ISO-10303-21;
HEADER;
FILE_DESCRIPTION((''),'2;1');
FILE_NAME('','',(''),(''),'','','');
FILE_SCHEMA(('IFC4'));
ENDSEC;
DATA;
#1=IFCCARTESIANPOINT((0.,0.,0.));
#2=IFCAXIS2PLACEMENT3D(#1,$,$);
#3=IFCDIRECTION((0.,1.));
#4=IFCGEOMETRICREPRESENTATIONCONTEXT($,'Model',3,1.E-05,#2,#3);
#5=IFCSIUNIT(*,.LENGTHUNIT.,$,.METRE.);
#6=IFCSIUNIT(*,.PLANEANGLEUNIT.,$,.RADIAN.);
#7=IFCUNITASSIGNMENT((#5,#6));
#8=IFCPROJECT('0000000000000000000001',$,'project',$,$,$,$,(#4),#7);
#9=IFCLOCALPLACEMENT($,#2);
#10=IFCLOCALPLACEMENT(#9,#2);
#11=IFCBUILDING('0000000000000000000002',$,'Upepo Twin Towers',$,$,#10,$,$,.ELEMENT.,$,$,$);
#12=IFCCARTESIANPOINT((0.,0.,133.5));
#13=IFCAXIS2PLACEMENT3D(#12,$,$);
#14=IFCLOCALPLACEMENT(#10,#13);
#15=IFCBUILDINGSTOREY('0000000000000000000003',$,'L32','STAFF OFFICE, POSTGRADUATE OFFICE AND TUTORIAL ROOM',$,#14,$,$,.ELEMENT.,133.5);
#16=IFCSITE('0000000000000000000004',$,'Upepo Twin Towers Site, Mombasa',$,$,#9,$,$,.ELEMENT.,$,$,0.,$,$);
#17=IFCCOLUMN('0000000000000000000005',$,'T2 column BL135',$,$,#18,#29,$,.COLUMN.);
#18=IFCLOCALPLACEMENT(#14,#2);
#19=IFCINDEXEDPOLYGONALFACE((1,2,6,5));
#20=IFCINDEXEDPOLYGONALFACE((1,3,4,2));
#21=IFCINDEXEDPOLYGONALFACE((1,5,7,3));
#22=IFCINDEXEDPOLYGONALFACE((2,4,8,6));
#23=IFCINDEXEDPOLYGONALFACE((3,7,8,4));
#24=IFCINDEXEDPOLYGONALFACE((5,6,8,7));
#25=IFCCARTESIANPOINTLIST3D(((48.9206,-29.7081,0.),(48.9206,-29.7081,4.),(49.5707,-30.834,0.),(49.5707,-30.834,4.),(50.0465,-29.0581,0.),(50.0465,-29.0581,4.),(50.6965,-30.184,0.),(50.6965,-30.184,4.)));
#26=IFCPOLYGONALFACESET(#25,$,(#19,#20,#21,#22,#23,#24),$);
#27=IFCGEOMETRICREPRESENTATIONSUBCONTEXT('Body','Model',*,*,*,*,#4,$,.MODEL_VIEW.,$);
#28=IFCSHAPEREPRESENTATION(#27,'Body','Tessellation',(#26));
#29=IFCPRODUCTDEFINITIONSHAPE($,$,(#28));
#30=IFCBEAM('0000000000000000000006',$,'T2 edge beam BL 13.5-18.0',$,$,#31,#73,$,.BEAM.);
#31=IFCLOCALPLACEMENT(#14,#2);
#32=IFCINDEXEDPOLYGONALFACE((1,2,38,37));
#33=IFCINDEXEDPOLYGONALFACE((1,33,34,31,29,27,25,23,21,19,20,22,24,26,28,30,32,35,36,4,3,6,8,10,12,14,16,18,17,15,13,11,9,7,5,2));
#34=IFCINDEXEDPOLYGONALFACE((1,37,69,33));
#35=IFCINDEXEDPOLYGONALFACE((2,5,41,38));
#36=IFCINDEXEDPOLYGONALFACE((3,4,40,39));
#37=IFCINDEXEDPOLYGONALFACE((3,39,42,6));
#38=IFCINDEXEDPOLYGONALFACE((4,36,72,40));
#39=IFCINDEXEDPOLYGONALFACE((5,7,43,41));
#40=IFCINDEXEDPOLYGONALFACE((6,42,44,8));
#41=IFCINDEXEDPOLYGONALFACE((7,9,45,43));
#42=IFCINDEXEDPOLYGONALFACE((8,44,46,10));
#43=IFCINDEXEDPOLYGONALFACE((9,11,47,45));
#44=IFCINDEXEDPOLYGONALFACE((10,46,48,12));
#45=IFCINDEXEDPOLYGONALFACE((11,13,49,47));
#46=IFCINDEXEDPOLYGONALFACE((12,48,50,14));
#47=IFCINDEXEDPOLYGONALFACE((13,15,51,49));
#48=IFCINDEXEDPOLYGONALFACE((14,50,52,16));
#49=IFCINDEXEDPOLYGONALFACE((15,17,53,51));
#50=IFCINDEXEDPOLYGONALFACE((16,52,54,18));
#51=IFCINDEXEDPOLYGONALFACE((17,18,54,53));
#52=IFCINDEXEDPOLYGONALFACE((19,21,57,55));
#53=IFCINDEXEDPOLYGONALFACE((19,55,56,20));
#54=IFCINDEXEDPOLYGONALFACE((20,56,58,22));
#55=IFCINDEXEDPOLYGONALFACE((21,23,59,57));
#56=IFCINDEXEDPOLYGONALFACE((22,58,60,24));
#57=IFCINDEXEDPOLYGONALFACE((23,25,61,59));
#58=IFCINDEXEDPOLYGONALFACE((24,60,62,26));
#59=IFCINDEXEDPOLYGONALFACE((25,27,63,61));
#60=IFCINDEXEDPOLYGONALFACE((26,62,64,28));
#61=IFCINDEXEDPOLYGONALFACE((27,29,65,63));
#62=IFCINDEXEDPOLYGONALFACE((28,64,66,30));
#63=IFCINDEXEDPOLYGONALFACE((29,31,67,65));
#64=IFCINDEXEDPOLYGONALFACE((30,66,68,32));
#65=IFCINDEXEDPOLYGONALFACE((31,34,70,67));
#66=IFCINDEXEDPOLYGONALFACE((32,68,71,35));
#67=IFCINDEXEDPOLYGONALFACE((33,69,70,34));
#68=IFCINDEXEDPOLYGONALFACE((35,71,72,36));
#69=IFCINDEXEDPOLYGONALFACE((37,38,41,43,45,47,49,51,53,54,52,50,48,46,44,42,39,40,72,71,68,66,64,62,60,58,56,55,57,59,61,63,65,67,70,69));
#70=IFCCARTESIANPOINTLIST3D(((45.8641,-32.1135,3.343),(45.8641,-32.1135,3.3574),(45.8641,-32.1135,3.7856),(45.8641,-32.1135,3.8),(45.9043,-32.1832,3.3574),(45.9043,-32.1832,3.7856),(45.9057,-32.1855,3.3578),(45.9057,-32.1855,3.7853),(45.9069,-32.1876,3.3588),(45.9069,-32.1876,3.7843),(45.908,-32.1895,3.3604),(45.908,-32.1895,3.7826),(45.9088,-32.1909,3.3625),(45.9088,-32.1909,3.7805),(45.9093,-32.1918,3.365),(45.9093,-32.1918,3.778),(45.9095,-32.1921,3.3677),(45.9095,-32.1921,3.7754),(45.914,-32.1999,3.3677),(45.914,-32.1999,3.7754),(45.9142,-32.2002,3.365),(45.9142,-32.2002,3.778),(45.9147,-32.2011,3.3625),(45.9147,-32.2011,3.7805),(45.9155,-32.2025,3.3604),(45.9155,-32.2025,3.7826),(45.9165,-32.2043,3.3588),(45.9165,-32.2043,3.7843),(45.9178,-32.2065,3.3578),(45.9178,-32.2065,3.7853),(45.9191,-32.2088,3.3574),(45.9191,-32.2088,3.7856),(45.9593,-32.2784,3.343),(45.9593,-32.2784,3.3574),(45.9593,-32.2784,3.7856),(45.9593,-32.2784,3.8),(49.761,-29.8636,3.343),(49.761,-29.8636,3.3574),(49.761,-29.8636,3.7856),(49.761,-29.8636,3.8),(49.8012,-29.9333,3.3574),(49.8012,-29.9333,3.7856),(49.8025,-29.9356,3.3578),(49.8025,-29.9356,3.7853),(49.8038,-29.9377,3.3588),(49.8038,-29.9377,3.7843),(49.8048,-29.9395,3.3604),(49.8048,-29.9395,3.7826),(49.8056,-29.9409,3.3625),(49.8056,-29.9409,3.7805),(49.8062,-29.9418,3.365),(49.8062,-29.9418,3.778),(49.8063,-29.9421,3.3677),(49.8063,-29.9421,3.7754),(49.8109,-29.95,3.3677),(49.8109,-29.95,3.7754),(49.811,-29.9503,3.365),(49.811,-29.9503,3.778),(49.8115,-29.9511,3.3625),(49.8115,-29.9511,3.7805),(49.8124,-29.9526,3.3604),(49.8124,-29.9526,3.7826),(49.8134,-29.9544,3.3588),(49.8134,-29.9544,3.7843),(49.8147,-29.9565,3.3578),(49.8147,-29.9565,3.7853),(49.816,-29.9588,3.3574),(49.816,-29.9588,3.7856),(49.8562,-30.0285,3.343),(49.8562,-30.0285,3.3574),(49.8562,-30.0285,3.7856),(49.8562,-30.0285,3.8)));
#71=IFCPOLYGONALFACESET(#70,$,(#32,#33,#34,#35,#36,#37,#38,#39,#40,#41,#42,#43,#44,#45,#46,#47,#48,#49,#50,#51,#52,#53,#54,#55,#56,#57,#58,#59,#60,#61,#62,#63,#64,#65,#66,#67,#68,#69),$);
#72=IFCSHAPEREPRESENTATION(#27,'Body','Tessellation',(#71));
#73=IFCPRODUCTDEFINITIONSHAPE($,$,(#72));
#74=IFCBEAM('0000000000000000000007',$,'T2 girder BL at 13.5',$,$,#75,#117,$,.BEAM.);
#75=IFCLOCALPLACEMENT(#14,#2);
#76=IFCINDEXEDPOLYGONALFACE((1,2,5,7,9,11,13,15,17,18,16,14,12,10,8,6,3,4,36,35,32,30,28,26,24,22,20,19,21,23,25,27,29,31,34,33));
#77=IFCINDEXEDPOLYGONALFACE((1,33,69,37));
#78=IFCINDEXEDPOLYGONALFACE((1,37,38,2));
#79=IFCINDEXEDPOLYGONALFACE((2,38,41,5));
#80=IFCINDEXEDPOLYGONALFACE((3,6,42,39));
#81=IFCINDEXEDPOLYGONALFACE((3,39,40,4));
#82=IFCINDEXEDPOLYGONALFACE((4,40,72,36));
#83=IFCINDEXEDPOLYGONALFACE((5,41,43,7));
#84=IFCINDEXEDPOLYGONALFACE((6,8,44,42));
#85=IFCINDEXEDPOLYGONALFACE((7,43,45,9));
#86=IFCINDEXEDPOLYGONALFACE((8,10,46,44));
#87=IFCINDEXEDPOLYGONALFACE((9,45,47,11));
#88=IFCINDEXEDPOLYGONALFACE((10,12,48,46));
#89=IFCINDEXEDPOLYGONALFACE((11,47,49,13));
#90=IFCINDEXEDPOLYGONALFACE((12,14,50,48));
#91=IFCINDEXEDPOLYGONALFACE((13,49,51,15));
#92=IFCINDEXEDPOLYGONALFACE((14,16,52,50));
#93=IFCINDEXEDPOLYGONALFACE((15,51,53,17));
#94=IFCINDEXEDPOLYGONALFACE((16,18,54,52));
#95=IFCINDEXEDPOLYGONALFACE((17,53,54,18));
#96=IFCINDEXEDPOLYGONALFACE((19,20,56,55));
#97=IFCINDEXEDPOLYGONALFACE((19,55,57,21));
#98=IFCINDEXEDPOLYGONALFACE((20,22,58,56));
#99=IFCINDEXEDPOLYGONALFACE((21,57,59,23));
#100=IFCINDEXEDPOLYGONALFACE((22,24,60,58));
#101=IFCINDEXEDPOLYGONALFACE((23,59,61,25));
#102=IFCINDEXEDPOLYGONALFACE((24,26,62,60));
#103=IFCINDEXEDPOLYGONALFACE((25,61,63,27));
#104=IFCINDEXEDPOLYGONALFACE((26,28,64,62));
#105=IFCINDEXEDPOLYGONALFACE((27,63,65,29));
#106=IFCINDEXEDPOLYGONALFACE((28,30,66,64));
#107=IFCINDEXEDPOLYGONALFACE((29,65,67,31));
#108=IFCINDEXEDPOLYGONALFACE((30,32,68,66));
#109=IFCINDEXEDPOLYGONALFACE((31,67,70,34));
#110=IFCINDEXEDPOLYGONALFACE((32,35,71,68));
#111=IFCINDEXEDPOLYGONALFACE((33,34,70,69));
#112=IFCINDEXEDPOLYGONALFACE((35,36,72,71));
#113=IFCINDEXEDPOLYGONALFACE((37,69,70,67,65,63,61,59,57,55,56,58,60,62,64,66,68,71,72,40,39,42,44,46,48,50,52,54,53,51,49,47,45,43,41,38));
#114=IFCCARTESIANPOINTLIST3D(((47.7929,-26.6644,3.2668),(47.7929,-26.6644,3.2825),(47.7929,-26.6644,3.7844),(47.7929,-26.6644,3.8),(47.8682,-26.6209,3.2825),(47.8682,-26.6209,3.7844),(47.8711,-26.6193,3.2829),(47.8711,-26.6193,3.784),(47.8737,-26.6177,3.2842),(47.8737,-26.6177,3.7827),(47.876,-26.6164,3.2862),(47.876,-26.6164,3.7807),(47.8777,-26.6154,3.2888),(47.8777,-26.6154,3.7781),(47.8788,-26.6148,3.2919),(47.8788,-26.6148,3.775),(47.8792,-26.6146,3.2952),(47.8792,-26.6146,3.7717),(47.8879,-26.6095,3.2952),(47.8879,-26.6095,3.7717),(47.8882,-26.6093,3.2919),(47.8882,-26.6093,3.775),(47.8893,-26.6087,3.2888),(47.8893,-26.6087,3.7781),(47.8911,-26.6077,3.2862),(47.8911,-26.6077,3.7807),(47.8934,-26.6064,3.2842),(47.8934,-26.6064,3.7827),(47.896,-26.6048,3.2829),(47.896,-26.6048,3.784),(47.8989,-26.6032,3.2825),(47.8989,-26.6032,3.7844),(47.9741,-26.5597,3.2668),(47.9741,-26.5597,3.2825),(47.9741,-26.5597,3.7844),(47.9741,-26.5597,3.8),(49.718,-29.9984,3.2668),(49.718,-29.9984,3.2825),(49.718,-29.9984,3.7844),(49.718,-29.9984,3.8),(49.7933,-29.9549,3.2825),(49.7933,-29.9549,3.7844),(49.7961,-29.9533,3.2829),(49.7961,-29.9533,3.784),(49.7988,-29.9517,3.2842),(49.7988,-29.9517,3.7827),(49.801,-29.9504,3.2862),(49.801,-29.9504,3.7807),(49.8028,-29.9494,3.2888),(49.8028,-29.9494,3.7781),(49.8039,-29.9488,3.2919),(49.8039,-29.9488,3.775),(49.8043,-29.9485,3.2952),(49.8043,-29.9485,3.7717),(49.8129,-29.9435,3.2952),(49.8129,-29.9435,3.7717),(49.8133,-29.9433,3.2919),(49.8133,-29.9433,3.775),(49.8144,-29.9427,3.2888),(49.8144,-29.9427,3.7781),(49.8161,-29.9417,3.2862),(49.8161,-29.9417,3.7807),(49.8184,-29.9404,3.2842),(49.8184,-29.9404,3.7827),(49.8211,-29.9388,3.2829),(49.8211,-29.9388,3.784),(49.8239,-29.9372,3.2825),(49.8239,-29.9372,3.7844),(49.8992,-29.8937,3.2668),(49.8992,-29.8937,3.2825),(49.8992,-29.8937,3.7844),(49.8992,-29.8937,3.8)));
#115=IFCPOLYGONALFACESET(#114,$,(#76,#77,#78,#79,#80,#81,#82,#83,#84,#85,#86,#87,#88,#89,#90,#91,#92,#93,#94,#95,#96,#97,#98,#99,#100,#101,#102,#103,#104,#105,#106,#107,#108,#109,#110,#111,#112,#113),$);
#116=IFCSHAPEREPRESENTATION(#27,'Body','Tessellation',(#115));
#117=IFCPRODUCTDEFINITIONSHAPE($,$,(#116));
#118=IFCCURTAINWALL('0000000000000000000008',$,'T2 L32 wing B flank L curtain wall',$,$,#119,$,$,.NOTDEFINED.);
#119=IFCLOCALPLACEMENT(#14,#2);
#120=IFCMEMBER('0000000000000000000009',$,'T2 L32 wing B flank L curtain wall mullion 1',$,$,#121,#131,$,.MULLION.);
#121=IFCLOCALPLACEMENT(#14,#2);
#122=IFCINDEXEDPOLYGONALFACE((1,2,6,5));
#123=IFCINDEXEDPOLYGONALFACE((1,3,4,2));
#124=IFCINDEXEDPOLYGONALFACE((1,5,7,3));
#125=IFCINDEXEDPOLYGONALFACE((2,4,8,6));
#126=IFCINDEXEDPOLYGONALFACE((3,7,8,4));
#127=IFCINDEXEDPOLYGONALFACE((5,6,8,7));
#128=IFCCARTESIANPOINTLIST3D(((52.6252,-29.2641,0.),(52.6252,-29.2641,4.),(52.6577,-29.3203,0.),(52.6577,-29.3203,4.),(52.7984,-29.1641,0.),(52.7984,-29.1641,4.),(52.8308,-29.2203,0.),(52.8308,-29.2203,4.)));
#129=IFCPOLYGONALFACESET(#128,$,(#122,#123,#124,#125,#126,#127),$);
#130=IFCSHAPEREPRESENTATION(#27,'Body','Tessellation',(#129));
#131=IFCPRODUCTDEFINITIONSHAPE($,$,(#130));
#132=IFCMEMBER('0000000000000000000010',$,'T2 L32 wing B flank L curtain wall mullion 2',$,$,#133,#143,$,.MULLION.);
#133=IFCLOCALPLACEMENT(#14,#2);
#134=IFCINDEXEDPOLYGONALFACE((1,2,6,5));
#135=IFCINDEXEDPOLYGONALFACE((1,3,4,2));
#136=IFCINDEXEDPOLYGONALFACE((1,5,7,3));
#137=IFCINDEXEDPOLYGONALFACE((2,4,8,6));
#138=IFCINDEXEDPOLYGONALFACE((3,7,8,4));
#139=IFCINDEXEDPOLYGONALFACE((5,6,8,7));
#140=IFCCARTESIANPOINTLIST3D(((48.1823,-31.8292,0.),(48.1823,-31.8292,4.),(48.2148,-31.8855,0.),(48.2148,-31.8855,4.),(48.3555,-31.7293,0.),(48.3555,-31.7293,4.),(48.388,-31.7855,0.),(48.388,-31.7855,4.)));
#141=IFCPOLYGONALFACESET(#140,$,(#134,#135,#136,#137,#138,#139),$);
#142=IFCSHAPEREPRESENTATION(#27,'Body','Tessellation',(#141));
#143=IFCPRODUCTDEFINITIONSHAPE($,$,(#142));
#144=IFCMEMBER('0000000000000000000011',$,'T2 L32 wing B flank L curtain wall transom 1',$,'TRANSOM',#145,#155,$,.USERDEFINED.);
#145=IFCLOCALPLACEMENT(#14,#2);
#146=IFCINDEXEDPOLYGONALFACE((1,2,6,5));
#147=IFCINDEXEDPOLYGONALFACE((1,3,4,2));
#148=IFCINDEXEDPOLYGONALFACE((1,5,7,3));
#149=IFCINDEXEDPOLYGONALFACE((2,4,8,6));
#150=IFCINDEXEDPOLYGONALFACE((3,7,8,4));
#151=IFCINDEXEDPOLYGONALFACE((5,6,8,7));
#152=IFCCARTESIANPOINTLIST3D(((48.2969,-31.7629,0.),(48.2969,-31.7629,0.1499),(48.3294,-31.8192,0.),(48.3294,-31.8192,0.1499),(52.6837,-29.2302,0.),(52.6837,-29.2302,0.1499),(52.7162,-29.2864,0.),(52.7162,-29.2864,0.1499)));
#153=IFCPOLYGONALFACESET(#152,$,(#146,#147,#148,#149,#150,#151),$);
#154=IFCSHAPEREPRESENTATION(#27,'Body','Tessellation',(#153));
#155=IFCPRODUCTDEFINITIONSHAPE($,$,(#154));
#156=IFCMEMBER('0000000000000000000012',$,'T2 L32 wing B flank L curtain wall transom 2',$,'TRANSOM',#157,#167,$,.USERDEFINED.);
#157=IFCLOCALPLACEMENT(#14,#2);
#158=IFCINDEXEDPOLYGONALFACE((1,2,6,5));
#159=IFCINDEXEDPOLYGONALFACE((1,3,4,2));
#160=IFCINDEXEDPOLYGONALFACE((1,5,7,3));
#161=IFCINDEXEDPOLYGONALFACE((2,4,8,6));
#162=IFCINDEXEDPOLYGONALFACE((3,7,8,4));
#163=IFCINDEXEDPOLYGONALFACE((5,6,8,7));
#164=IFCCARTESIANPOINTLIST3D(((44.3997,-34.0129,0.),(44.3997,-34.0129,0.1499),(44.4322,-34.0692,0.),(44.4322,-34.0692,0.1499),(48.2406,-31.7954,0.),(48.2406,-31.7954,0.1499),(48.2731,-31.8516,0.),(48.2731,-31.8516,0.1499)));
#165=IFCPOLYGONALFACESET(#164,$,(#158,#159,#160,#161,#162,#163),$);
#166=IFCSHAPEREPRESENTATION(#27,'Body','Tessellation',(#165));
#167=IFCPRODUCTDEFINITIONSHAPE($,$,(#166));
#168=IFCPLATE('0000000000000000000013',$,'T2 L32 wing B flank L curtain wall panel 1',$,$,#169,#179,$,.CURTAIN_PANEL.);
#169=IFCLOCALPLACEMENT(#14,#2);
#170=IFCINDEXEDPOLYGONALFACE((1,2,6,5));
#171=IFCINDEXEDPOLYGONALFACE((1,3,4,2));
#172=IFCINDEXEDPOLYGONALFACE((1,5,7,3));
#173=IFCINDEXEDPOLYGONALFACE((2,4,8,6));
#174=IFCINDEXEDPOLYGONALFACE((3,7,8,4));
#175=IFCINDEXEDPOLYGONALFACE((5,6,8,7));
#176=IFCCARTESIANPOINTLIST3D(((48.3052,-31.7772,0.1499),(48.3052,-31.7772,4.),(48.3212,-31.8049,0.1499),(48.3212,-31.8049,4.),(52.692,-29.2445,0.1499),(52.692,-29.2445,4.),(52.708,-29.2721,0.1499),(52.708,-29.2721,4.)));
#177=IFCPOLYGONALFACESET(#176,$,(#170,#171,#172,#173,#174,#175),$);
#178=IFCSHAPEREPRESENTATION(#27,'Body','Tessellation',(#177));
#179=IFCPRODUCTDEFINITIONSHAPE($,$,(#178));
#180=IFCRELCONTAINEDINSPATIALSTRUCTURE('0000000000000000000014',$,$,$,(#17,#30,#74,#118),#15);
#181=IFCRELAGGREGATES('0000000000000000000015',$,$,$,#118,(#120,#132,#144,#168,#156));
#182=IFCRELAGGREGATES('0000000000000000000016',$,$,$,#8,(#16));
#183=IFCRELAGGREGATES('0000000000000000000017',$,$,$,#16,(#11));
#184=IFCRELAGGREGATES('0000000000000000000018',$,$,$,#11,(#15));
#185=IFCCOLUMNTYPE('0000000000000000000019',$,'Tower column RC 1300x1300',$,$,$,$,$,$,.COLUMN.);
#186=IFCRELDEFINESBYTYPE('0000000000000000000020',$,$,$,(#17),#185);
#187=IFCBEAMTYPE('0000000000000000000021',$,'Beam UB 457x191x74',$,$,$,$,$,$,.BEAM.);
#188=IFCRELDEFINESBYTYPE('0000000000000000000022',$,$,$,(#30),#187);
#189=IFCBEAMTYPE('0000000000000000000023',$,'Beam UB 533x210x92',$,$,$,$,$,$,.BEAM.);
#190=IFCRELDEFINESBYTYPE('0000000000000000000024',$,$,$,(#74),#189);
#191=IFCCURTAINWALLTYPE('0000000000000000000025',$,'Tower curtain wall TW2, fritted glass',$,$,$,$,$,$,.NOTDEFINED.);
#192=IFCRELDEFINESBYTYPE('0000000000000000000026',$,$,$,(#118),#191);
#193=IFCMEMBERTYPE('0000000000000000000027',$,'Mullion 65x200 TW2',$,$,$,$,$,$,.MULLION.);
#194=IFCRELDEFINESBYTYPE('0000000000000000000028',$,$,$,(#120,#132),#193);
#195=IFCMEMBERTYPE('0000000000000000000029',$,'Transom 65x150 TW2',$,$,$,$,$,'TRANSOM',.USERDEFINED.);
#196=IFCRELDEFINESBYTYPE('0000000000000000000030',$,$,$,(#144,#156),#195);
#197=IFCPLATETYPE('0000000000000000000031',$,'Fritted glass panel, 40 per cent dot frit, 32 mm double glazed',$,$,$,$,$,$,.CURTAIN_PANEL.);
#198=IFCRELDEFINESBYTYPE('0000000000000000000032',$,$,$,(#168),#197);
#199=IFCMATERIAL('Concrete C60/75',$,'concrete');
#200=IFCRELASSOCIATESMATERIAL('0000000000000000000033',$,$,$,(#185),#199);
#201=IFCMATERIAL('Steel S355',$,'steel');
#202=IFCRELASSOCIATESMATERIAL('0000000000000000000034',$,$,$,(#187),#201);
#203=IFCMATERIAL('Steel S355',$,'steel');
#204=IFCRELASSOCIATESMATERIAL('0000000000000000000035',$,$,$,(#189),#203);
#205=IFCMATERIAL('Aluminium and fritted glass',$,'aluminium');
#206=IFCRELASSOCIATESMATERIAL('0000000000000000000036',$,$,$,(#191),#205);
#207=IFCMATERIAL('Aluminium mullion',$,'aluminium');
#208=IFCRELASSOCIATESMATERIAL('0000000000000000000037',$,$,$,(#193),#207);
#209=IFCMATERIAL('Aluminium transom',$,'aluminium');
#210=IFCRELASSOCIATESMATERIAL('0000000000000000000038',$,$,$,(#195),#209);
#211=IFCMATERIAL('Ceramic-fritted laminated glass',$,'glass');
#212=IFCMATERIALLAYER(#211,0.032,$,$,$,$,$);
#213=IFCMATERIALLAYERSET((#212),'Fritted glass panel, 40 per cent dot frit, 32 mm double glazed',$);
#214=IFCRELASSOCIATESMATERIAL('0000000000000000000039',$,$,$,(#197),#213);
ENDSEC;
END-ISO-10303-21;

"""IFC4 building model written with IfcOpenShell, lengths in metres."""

from ifc_helpers import new_model, si_unit, direction, frame, origin, origin_2d, place, context, subcontext, project, spatial, rectangle, i_section, extrude, material, layer, layer_set, material_profile, profile_set, type_object, element, aggregate, save


model = new_model("IFC4")

# Units and contexts
model_context = context("Model", 3, precision=1e-05, world=origin(), true_north=direction((0.0, 1.0)))
body_context = subcontext(model_context, "Body", "Model", "MODEL_VIEW")
ifc_project = project(units=[si_unit("LENGTHUNIT", "METRE"), si_unit("PLANEANGLEUNIT", "RADIAN")], contexts=[model_context])

# Site, building, storey
site_placement = place(None, origin())
site = spatial("IfcSite", under=ifc_project, at=site_placement, Name="Upepo Twin Towers Site, Mombasa", CompositionType="ELEMENT", RefElevation=0.0)
building_placement = place(site_placement, origin())
building = spatial("IfcBuilding", under=site, at=building_placement, Name="Upepo Twin Towers", CompositionType="ELEMENT")
storey_placement = place(building_placement, frame((0.0, 0.0, 133.5)))
storey = spatial("IfcBuildingStorey", under=building, at=storey_placement, Name="L32", Description="STAFF OFFICE, POSTGRADUATE OFFICE AND TUTORIAL ROOM", CompositionType="ELEMENT", Elevation=133.5)

# Column
ifc_material_1 = material(Name="Concrete C60/75", Category="concrete")
ifc_material_profile_1 = material_profile(ifc_material_1, rectangle(XDim=1.3, YDim=1.3, at=origin_2d()), Name="RC 1300x1300")
ifc_profile_set_1 = profile_set([ifc_material_profile_1], Name="Concrete C60/75")
column_type = type_object("IfcColumnType", Name="Tower column RC 1300x1300", PredefinedType="COLUMN", material=ifc_profile_set_1)
column_placement = place(storey_placement, frame((49.8086, -29.946, 0.0), z_axis=(0.0, 0.0, 1.0), x_axis=(0.866025, 0.5, 0.0)))
element("IfcColumn", 1, at=column_placement, inside=storey, type_object=column_type, Name="T2 column BL135", PredefinedType="COLUMN", context=body_context, shape_type="SweptSolid", body=[
    extrude(rectangle(XDim=1.3, YDim=1.3, at=origin_2d()), origin(), (0.0, 0.0, 1.0), 4.0),
])

# Beams
ifc_material_2 = material(Name="Steel S355", Category="steel")
ifc_material_profile_2 = material_profile(ifc_material_2, i_section(OverallWidth=0.1904, OverallDepth=0.457, WebThickness=0.009, FlangeThickness=0.0144, FilletRadius=0.0103, at=origin_2d()), Name="UB 457x191x74")
ifc_profile_set_2 = profile_set([ifc_material_profile_2], Name="Steel S355")
beam_type_1 = type_object("IfcBeamType", Name="Beam UB 457x191x74", PredefinedType="BEAM", material=ifc_profile_set_2)
beam_1_placement = place(storey_placement, frame((49.8086, -29.946, 3.5715), z_axis=(-0.866018, -0.500014, 0.0), x_axis=(0.500014, -0.866018, 0.0)))
element("IfcBeam", 2, at=beam_1_placement, inside=storey, type_object=beam_type_1, Name="T2 edge beam BL 13.5-18.0", PredefinedType="BEAM", context=body_context, shape_type="SweptSolid", body=[
    extrude(i_section(OverallWidth=0.1904, OverallDepth=0.457, WebThickness=0.009, FlangeThickness=0.0144, FilletRadius=0.0103, at=origin_2d()), origin(), (0.0, 0.0, 1.0), 4.4998),
])
ifc_material_3 = material(Name="Steel S355", Category="steel")
ifc_material_profile_3 = material_profile(ifc_material_3, i_section(OverallWidth=0.2092, OverallDepth=0.5332, WebThickness=0.01, FlangeThickness=0.0156, FilletRadius=0.0127, at=origin_2d()), Name="UB 533x210x92")
ifc_profile_set_3 = profile_set([ifc_material_profile_3], Name="Steel S355")
beam_type_2 = type_object("IfcBeamType", Name="Beam UB 533x210x92", PredefinedType="BEAM", material=ifc_profile_set_3)
beam_2_placement = place(storey_placement, frame((49.8086, -29.946, 3.5334), z_axis=(-0.500034, 0.866006, 0.0), x_axis=(-0.866006, -0.500034, 0.0)))
element("IfcBeam", 3, at=beam_2_placement, inside=storey, type_object=beam_type_2, Name="T2 girder BL at 13.5", PredefinedType="BEAM", context=body_context, shape_type="SweptSolid", body=[
    extrude(i_section(OverallWidth=0.2092, OverallDepth=0.5332, WebThickness=0.01, FlangeThickness=0.0156, FilletRadius=0.0127, at=origin_2d()), origin(), (0.0, 0.0, 1.0), 3.8499),
])

# Curtain wall, members, plate
ifc_material_4 = material(Name="Aluminium and fritted glass", Category="aluminium")
curtain_wall_type = type_object("IfcCurtainWallType", Name="Tower curtain wall TW2, fritted glass", PredefinedType="NOTDEFINED", material=ifc_material_4)
curtain_wall_placement = place(storey_placement, origin())
curtain_wall = element("IfcCurtainWall", 4, at=curtain_wall_placement, inside=storey, type_object=curtain_wall_type, Name="T2 L32 wing B flank L curtain wall", PredefinedType="NOTDEFINED")
ifc_material_5 = material(Name="Aluminium mullion", Category="aluminium")
ifc_material_profile_4 = material_profile(ifc_material_5, rectangle(XDim=0.0649, YDim=0.2, at=origin_2d()), Name="MULLION 65x200")
ifc_profile_set_4 = profile_set([ifc_material_profile_4], Name="Aluminium mullion")
member_type_1 = type_object("IfcMemberType", Name="Mullion 65x200 TW2", PredefinedType="MULLION", material=ifc_profile_set_4)
member_1_placement = place(storey_placement, frame((52.728, -29.2422, 0.0), z_axis=(0.0, 0.0, 1.0), x_axis=(0.5, -0.866025, 0.0)))
member_1 = element("IfcMember", 5, at=member_1_placement, type_object=member_type_1, Name="T2 L32 wing B flank L curtain wall mullion 1", PredefinedType="MULLION", context=body_context, shape_type="SweptSolid", body=[
    extrude(rectangle(XDim=0.0649, YDim=0.2, at=origin_2d()), origin(), (0.0, 0.0, 1.0), 4.0),
])
member_2_placement = place(storey_placement, frame((48.2852, -31.8074, 0.0), z_axis=(0.0, 0.0, 1.0), x_axis=(0.5, -0.866025, 0.0)))
member_2 = element("IfcMember", 6, at=member_2_placement, type_object=member_type_1, Name="T2 L32 wing B flank L curtain wall mullion 2", PredefinedType="MULLION", context=body_context, shape_type="SweptSolid", body=[
    extrude(rectangle(XDim=0.0649, YDim=0.2, at=origin_2d()), origin(), (0.0, 0.0, 1.0), 4.0),
])
ifc_material_6 = material(Name="Aluminium transom", Category="aluminium")
ifc_material_profile_5 = material_profile(ifc_material_6, rectangle(XDim=0.0649, YDim=0.1499, at=origin_2d()), Name="TRANSOM 65x150")
ifc_profile_set_5 = profile_set([ifc_material_profile_5], Name="Aluminium transom")
member_type_2 = type_object("IfcMemberType", Name="Transom 65x150 TW2", ElementType="TRANSOM", PredefinedType="USERDEFINED", material=ifc_profile_set_5)
member_3_placement = place(storey_placement, frame((52.7, -29.2583, 0.075), z_axis=(-0.866022, -0.500006, 0.0), x_axis=(0.500006, -0.866022, 0.0)))
member_3 = element("IfcMember", 7, at=member_3_placement, type_object=member_type_2, Name="T2 L32 wing B flank L curtain wall transom 1", ObjectType="TRANSOM", PredefinedType="USERDEFINED", context=body_context, shape_type="SweptSolid", body=[
    extrude(rectangle(XDim=0.0649, YDim=0.1499, at=origin_2d()), origin(), (0.0, 0.0, 1.0), 5.0654),
])
member_4_placement = place(storey_placement, frame((48.2568, -31.8235, 0.075), z_axis=(-0.866022, -0.500005, 0.0), x_axis=(0.500005, -0.866022, 0.0)))
member_4 = element("IfcMember", 8, at=member_4_placement, type_object=member_type_2, Name="T2 L32 wing B flank L curtain wall transom 2", ObjectType="TRANSOM", PredefinedType="USERDEFINED", context=body_context, shape_type="SweptSolid", body=[
    extrude(rectangle(XDim=0.0649, YDim=0.1499, at=origin_2d()), origin(), (0.0, 0.0, 1.0), 4.4351),
])
ifc_material_7 = material(Name="Ceramic-fritted laminated glass", Category="glass")
ifc_layer_1 = layer(ifc_material_7, 0.032)
ifc_layer_set_1 = layer_set([ifc_layer_1], Name="Fritted glass panel, 40 per cent dot frit, 32 mm double glazed")
plate_type = type_object("IfcPlateType", Name="Fritted glass panel, 40 per cent dot frit, 32 mm double glazed", PredefinedType="CURTAIN_PANEL", material=ifc_layer_set_1)
plate_1_placement = place(storey_placement, frame((50.5066, -30.5247, 0.1499), z_axis=(0.0, 0.0, 1.0), x_axis=(-0.866025, -0.5, 0.0)))
plate_1 = element("IfcPlate", 9, at=plate_1_placement, type_object=plate_type, Name="T2 L32 wing B flank L curtain wall panel 1", PredefinedType="CURTAIN_PANEL", context=body_context, shape_type="SweptSolid", body=[
    extrude(rectangle(XDim=5.0654, YDim=0.032, at=origin_2d()), origin(), (0.0, 0.0, 1.0), 3.8501),
])
aggregate(curtain_wall, [member_1, member_2, member_3, plate_1, member_4])

save(model, "model.ifc")
